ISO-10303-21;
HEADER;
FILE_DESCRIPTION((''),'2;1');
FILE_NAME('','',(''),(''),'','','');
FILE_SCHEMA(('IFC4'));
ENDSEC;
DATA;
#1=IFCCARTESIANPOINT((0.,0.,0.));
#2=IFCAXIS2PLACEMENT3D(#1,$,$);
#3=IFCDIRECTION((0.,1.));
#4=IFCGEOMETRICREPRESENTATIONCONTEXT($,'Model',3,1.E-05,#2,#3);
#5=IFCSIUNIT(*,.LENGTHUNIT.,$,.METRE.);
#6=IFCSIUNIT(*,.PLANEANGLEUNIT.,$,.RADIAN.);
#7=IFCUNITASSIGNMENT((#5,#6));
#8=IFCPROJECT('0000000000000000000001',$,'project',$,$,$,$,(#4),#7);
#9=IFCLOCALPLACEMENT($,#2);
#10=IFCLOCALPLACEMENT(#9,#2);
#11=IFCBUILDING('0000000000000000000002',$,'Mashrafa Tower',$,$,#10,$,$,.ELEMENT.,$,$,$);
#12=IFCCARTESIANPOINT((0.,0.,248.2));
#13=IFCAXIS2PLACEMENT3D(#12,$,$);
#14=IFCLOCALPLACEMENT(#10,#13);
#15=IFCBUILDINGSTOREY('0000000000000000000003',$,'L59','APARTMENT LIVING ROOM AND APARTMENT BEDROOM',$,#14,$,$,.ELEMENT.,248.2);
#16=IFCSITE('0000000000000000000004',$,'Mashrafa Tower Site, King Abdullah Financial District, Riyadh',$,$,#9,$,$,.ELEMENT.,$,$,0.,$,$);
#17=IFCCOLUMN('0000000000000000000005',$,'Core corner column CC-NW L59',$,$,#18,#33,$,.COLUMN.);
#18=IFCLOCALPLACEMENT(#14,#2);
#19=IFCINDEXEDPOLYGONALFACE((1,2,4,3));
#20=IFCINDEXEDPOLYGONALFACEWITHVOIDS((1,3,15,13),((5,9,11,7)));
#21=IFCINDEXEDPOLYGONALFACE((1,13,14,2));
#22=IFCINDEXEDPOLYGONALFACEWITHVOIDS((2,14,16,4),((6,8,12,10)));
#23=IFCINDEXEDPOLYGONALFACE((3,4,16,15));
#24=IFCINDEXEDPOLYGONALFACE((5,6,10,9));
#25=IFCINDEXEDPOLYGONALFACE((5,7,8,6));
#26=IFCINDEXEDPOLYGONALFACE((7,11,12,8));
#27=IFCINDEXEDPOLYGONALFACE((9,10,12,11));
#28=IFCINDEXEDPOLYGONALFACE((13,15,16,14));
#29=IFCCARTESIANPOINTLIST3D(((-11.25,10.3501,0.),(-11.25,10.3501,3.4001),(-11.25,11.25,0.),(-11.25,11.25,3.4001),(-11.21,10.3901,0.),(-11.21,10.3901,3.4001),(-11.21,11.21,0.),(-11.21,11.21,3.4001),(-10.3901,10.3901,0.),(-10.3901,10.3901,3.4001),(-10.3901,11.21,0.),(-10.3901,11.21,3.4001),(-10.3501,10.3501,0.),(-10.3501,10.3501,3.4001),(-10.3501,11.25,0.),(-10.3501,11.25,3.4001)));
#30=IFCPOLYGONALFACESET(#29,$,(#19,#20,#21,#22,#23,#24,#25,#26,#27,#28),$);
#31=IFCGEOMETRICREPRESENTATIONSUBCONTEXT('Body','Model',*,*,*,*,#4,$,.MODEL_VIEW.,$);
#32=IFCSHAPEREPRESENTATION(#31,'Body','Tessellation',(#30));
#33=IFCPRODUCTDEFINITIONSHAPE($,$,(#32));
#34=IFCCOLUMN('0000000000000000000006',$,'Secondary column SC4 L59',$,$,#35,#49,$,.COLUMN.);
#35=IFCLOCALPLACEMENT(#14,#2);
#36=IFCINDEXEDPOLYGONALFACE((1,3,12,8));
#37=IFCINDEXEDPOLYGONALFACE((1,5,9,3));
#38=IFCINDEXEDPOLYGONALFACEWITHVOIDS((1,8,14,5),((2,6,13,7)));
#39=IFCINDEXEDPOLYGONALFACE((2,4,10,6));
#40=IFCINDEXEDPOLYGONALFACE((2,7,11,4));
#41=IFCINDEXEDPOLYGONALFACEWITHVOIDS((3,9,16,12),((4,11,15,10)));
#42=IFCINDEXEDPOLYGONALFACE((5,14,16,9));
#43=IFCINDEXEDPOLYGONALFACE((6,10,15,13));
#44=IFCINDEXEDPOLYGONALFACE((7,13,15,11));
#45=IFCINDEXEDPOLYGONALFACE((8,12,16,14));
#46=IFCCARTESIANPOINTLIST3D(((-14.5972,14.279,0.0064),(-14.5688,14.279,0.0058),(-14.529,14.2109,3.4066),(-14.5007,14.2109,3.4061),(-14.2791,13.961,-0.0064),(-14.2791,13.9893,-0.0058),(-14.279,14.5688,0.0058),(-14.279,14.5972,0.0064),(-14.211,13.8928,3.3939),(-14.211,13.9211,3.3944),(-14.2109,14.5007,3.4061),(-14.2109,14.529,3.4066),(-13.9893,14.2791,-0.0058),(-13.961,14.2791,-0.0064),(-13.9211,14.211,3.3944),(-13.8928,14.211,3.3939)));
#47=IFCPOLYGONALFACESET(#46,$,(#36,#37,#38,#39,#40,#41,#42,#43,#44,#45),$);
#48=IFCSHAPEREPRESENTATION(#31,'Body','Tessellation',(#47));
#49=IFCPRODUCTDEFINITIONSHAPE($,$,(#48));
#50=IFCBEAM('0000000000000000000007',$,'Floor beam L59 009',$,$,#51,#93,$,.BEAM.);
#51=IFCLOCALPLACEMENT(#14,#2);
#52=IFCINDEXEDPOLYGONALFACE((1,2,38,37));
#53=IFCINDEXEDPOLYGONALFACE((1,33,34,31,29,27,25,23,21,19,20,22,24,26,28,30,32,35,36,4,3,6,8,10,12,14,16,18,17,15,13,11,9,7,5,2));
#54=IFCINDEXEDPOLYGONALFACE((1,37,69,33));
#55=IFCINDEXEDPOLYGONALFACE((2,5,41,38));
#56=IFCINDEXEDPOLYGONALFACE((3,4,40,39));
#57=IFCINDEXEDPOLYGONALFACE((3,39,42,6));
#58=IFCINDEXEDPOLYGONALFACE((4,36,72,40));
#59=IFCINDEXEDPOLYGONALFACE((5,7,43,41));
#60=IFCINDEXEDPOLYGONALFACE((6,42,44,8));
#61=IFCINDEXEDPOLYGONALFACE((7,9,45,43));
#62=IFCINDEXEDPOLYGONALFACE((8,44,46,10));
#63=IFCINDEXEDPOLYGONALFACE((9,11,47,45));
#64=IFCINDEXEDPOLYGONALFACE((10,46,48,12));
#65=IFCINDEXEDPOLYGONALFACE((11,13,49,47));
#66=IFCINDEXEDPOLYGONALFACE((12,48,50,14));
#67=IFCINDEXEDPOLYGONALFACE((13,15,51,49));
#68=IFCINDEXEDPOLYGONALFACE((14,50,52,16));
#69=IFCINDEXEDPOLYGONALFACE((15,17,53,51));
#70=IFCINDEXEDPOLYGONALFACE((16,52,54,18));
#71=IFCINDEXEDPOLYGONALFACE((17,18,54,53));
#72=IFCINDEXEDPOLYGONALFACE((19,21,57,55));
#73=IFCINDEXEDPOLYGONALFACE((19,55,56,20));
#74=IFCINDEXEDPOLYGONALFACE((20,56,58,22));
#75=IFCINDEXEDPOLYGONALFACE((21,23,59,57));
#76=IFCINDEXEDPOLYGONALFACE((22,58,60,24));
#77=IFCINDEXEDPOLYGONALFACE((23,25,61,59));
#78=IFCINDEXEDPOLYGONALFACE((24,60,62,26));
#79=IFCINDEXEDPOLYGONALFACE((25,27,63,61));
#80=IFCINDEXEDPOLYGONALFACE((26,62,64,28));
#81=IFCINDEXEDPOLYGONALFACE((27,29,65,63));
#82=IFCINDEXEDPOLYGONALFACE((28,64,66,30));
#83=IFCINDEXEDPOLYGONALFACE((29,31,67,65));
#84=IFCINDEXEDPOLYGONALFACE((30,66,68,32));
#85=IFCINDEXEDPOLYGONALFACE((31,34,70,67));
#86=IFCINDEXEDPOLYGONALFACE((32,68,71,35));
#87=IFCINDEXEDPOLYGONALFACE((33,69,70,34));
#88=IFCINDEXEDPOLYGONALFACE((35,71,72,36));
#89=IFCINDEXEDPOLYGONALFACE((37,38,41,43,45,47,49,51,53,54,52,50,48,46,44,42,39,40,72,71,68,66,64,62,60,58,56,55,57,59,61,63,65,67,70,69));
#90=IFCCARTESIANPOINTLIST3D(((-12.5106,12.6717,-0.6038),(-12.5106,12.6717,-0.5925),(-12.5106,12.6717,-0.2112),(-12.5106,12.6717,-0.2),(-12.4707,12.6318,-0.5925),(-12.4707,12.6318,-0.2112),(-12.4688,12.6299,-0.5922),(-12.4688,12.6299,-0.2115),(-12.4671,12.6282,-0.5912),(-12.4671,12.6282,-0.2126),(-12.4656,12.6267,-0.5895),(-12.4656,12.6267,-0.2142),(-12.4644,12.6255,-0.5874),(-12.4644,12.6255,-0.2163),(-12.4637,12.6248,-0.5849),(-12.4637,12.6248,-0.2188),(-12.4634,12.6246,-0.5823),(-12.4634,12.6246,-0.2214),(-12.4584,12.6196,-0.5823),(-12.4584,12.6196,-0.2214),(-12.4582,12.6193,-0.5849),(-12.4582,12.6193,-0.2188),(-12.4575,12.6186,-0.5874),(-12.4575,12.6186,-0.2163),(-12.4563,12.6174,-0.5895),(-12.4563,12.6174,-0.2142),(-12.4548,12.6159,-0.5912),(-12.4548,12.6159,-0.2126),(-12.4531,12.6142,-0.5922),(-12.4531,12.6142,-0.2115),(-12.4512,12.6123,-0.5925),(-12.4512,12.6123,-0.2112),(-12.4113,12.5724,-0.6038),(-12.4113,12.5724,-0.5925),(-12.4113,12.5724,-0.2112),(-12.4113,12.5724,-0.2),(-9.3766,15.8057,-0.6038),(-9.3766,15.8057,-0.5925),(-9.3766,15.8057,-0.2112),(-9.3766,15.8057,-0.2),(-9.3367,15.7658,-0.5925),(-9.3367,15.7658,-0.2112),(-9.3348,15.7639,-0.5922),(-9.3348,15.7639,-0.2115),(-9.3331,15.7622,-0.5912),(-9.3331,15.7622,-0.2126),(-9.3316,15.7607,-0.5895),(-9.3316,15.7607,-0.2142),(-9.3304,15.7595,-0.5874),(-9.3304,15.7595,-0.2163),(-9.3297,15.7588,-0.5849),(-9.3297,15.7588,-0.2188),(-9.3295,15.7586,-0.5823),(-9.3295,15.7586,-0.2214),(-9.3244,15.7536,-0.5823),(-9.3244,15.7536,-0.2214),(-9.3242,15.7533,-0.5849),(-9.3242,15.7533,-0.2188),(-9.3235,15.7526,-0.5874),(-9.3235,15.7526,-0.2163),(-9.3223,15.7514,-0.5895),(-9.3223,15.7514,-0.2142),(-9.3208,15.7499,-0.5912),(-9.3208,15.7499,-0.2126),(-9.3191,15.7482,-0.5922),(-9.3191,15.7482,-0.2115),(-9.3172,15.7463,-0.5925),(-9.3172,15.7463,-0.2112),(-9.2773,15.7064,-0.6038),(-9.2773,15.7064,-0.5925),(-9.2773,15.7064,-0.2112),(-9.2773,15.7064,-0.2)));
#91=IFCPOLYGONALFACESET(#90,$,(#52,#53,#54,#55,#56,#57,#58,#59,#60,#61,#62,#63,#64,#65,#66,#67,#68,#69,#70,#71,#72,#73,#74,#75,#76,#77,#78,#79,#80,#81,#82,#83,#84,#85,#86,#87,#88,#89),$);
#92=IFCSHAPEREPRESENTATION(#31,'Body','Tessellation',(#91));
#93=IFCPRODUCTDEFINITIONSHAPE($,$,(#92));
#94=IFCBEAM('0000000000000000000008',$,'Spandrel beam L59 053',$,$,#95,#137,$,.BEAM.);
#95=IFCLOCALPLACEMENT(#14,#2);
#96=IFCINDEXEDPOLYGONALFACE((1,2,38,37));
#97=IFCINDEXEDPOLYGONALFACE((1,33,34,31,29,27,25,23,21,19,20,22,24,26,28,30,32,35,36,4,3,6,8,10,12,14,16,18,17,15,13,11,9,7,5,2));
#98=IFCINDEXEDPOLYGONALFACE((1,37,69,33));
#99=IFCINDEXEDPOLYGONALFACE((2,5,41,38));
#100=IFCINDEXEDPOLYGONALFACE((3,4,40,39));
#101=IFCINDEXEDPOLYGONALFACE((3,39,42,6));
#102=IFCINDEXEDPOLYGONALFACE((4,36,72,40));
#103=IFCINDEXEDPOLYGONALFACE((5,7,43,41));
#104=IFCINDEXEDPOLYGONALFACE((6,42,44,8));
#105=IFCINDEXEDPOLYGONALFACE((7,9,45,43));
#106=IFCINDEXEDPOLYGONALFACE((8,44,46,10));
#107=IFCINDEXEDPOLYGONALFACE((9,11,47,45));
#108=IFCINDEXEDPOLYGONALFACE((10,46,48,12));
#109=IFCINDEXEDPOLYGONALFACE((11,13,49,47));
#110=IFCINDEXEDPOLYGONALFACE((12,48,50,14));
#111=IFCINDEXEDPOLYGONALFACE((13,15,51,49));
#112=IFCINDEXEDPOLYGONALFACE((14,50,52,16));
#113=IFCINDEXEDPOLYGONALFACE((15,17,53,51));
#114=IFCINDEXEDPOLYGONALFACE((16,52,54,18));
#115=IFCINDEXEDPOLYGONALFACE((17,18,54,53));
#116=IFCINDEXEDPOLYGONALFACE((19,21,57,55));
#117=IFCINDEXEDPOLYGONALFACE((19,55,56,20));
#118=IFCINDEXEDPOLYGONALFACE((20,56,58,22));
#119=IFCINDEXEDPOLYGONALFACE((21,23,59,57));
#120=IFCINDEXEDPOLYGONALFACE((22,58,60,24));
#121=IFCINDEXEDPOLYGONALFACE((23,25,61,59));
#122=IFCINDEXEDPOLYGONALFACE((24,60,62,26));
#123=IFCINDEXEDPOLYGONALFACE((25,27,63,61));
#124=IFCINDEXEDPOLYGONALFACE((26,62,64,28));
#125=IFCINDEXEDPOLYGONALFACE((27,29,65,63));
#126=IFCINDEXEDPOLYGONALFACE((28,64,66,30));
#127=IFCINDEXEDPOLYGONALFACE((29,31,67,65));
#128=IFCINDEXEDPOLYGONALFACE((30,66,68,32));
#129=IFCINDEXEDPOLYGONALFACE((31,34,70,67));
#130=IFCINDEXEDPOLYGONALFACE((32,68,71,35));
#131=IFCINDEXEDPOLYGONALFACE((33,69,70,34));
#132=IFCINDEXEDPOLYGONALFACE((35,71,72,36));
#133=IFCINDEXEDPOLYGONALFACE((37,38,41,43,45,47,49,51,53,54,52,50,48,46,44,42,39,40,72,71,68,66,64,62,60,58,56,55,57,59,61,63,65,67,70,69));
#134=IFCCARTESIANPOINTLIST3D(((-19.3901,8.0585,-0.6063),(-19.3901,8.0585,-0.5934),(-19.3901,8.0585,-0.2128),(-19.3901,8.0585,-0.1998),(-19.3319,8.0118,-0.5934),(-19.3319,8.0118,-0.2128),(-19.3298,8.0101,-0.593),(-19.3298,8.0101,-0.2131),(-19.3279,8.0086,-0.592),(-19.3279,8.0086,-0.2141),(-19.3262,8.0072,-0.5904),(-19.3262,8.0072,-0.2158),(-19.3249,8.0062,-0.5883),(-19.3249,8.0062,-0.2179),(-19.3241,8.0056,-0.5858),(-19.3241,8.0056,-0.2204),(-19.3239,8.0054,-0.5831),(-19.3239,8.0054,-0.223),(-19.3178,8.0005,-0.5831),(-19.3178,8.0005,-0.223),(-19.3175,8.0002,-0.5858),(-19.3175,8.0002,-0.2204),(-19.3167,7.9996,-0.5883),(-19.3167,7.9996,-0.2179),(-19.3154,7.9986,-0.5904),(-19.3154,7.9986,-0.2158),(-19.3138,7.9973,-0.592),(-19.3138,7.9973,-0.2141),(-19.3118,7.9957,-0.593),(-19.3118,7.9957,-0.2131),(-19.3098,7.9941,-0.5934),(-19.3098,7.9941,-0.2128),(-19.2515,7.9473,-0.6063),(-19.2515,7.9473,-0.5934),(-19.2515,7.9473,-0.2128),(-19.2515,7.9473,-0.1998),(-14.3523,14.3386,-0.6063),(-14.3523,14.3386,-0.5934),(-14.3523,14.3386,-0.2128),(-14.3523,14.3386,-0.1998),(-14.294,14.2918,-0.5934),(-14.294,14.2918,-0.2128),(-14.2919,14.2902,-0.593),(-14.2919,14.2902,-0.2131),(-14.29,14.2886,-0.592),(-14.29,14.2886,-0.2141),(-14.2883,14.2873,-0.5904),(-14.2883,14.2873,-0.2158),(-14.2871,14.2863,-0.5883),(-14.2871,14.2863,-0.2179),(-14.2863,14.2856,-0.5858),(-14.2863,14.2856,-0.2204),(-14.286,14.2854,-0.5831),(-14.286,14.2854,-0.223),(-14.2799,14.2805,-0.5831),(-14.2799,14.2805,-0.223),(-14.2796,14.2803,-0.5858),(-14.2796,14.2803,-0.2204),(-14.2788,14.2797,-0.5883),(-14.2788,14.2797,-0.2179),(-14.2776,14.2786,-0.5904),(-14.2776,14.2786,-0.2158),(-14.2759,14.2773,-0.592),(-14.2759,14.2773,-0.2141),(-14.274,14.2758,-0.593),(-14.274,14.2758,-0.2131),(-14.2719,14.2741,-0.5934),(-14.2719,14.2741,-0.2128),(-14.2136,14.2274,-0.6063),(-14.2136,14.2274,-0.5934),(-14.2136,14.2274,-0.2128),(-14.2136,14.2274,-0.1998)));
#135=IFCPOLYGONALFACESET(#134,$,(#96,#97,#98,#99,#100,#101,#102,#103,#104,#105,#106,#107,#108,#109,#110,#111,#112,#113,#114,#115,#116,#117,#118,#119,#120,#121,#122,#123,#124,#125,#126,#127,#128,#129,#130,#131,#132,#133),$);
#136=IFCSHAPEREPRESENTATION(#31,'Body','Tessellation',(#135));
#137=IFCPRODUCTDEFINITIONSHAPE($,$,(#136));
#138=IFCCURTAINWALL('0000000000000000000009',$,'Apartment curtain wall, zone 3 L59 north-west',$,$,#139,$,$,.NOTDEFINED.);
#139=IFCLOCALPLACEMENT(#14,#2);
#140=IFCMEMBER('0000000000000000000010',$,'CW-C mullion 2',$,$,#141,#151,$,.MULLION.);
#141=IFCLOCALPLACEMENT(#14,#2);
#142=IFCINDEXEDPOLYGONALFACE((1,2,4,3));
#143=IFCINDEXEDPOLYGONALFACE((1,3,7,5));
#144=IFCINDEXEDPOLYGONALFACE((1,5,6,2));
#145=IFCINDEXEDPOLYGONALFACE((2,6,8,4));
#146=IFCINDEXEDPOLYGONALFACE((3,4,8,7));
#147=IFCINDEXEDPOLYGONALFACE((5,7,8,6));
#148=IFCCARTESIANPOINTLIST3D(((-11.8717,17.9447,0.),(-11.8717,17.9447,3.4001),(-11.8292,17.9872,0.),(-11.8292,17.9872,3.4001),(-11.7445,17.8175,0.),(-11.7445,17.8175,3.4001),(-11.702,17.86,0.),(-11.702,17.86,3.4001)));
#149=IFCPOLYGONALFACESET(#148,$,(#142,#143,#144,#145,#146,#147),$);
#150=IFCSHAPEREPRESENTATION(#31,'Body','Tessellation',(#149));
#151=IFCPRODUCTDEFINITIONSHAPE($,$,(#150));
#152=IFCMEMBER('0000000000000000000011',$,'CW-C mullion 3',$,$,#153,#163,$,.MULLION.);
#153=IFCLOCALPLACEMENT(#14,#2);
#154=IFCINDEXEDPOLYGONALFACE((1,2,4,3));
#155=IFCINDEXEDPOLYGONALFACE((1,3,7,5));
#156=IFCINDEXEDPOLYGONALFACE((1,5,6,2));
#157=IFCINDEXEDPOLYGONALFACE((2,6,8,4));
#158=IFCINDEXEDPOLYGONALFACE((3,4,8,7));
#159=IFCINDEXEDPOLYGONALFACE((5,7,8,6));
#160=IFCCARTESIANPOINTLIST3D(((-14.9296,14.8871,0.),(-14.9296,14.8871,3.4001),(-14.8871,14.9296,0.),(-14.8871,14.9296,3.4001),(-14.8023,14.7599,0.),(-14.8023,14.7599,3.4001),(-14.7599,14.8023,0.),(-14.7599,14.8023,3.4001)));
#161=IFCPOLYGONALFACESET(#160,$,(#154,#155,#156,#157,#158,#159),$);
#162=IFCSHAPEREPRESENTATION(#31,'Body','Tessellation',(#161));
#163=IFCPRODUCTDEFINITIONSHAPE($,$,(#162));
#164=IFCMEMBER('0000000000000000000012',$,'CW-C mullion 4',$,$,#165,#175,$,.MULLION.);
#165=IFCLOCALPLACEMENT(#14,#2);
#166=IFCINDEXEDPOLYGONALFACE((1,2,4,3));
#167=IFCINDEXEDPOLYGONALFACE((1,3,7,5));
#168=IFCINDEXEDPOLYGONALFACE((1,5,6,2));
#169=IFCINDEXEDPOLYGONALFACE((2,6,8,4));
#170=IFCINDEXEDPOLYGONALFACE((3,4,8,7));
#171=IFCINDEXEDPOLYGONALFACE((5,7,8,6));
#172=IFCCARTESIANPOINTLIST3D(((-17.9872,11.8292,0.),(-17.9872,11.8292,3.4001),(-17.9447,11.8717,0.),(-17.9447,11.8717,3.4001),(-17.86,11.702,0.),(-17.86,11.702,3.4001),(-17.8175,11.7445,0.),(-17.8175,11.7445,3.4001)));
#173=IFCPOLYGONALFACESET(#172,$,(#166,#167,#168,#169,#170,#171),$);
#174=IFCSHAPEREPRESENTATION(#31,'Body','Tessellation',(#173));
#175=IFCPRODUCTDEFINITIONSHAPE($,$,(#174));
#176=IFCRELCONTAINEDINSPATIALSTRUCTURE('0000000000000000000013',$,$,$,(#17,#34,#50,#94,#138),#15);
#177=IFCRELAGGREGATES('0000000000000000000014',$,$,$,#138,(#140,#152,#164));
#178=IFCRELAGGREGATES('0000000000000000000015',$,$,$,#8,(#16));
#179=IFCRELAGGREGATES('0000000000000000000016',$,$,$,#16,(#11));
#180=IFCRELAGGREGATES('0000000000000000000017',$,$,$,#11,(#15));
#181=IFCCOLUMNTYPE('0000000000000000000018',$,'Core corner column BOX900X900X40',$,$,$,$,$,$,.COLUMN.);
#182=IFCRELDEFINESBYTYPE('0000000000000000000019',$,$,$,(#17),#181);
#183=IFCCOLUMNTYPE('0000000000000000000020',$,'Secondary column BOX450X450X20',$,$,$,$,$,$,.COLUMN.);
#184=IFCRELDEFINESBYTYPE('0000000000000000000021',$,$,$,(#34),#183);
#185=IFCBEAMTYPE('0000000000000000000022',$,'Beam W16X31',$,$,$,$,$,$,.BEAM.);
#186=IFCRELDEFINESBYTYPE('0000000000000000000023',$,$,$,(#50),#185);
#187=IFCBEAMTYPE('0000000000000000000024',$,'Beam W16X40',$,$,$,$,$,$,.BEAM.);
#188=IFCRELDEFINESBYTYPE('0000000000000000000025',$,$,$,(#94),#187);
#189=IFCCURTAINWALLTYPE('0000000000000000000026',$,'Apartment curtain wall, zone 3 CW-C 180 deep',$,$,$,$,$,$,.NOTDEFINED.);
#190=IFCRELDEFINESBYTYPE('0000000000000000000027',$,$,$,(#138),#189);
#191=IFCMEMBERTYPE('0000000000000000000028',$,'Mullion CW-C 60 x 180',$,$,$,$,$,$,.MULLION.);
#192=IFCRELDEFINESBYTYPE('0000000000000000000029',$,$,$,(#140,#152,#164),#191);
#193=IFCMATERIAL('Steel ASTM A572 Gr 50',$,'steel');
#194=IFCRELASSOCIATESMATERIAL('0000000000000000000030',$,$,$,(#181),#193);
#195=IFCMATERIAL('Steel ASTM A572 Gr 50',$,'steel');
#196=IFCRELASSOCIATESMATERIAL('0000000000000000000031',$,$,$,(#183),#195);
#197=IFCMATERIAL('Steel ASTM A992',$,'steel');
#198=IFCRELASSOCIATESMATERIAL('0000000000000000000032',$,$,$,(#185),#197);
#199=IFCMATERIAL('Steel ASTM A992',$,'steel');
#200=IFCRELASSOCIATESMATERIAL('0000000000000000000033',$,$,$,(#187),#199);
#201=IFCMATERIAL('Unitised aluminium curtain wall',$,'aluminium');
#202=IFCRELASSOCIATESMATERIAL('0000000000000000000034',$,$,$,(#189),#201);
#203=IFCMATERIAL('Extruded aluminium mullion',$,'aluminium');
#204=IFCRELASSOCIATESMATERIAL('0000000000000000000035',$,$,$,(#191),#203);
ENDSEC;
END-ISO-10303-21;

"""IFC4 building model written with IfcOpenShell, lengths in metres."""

from ifc_helpers import new_model, si_unit, direction, frame, origin, origin_2d, place, context, subcontext, project, spatial, rectangle, hollow_rectangle, i_section, extrude, source, transform, mapped, material, material_profile, profile_set, type_object, type_shapes, element, aggregate, save


model = new_model("IFC4")

# Units and contexts
model_context = context("Model", 3, precision=1e-05, world=origin(), true_north=direction((0.0, 1.0)))
body_context = subcontext(model_context, "Body", "Model", "MODEL_VIEW")
ifc_project = project(units=[si_unit("LENGTHUNIT", "METRE"), si_unit("PLANEANGLEUNIT", "RADIAN")], contexts=[model_context])

# Site, building, storey
site_placement = place(None, origin())
site = spatial("IfcSite", under=ifc_project, at=site_placement, Name="Mashrafa Tower Site, King Abdullah Financial District, Riyadh", CompositionType="ELEMENT", RefElevation=0.0)
building_placement = place(site_placement, origin())
building = spatial("IfcBuilding", under=site, at=building_placement, Name="Mashrafa Tower", CompositionType="ELEMENT")
storey_placement = place(building_placement, frame((0.0, 0.0, 248.2)))
storey = spatial("IfcBuildingStorey", under=building, at=storey_placement, Name="L59", Description="APARTMENT LIVING ROOM AND APARTMENT BEDROOM", CompositionType="ELEMENT", Elevation=248.2)

# Columns
ifc_material_1 = material(Name="Steel ASTM A572 Gr 50", Category="steel")
ifc_material_profile_1 = material_profile(ifc_material_1, hollow_rectangle(XDim=0.8999, YDim=0.8999, WallThickness=0.04, at=origin_2d()), Name="BOX900X900X40")
ifc_profile_set_1 = profile_set([ifc_material_profile_1], Name="Steel ASTM A572 Gr 50")
column_type_1 = type_object("IfcColumnType", Name="Core corner column BOX900X900X40", PredefinedType="COLUMN", material=ifc_profile_set_1)
column_1_placement = place(storey_placement, frame((-10.8, 10.8, 0.0), z_axis=(0.0, 0.0, 1.0), x_axis=(1.0, 0.0, 0.0)))
element("IfcColumn", 1, at=column_1_placement, inside=storey, type_object=column_type_1, Name="Core corner column CC-NW L59", PredefinedType="COLUMN", context=body_context, shape_type="SweptSolid", body=[
    extrude(hollow_rectangle(XDim=0.8999, YDim=0.8999, WallThickness=0.04, at=origin_2d()), origin(), (0.0, 0.0, 1.0), 3.4001),
])
ifc_material_2 = material(Name="Steel ASTM A572 Gr 50", Category="steel")
ifc_material_profile_2 = material_profile(ifc_material_2, hollow_rectangle(XDim=0.45, YDim=0.45, WallThickness=0.02, at=origin_2d()), Name="BOX450X450X20")
ifc_profile_set_2 = profile_set([ifc_material_profile_2], Name="Steel ASTM A572 Gr 50")
column_type_2 = type_object("IfcColumnType", Name="Secondary column BOX450X450X20", PredefinedType="COLUMN", material=ifc_profile_set_2)
column_2_placement = place(storey_placement, frame((-14.2791, 14.2791, 0.0), z_axis=(0.020025, -0.020025, 0.999599), x_axis=(0.707107, 0.707107, 0.0)))
element("IfcColumn", 2, at=column_2_placement, inside=storey, type_object=column_type_2, Name="Secondary column SC4 L59", PredefinedType="COLUMN", context=body_context, shape_type="SweptSolid", body=[
    extrude(hollow_rectangle(XDim=0.45, YDim=0.45, WallThickness=0.02, at=origin_2d()), origin(), (0.0, 0.0, 1.0), 3.4016),
])

# Beams
ifc_material_3 = material(Name="Steel ASTM A992", Category="steel")
ifc_material_profile_3 = material_profile(ifc_material_3, i_section(OverallWidth=0.1404, OverallDepth=0.4038, WebThickness=0.0071, FlangeThickness=0.0112, FilletRadius=0.0103, at=origin_2d()), Name="W16X31")
ifc_profile_set_3 = profile_set([ifc_material_profile_3], Name="Steel ASTM A992")
beam_type_1 = type_object("IfcBeamType", Name="Beam W16X31", PredefinedType="BEAM", material=ifc_profile_set_3)
beam_1_placement = place(storey_placement, frame((-12.4609, 12.6221, -0.4019), z_axis=(0.707107, 0.707107, 0.0), x_axis=(-0.707107, 0.707107, 0.0)))
element("IfcBeam", 3, at=beam_1_placement, inside=storey, type_object=beam_type_1, Name="Floor beam L59 009", PredefinedType="BEAM", context=body_context, shape_type="SweptSolid", body=[
    extrude(i_section(OverallWidth=0.1404, OverallDepth=0.4038, WebThickness=0.0071, FlangeThickness=0.0112, FilletRadius=0.0103, at=origin_2d()), origin(), (0.0, 0.0, 1.0), 4.4321),
])
ifc_material_4 = material(Name="Steel ASTM A992", Category="steel")
ifc_material_profile_4 = material_profile(ifc_material_4, i_section(OverallWidth=0.1777, OverallDepth=0.4065, WebThickness=0.0078, FlangeThickness=0.0129, FilletRadius=0.0103, at=origin_2d()), Name="W16X40")
ifc_profile_set_4 = profile_set([ifc_material_profile_4], Name="Steel ASTM A992")
beam_type_2 = type_object("IfcBeamType", Name="Beam W16X40", PredefinedType="BEAM", material=ifc_profile_set_4)
beam_2_placement = place(storey_placement, frame((-14.283, 14.283, -0.4031), z_axis=(-0.625741, -0.780031, 0.0), x_axis=(0.780031, -0.625741, 0.0)))
element("IfcBeam", 4, at=beam_2_placement, inside=storey, type_object=beam_type_2, Name="Spandrel beam L59 053", PredefinedType="BEAM", context=body_context, shape_type="SweptSolid", body=[
    extrude(i_section(OverallWidth=0.1777, OverallDepth=0.4065, WebThickness=0.0078, FlangeThickness=0.0129, FilletRadius=0.0103, at=origin_2d()), origin(), (0.0, 0.0, 1.0), 8.051),
])

# Curtain wall, members
ifc_material_5 = material(Name="Unitised aluminium curtain wall", Category="aluminium")
curtain_wall_type = type_object("IfcCurtainWallType", Name="Apartment curtain wall, zone 3 CW-C 180 deep", PredefinedType="NOTDEFINED", material=ifc_material_5)
curtain_wall_placement = place(storey_placement, origin())
curtain_wall = element("IfcCurtainWall", 5, at=curtain_wall_placement, inside=storey, type_object=curtain_wall_type, Name="Apartment curtain wall, zone 3 L59 north-west", PredefinedType="NOTDEFINED")
ifc_material_6 = material(Name="Extruded aluminium mullion", Category="aluminium")
ifc_material_profile_5 = material_profile(ifc_material_6, rectangle(XDim=0.1799, YDim=0.0601, at=origin_2d()), Name="Mullion 60x180")
ifc_profile_set_5 = profile_set([ifc_material_profile_5], Name="Extruded aluminium mullion")
member_type_1 = type_object("IfcMemberType", Name="Mullion CW-C 60 x 180", PredefinedType="MULLION", material=ifc_profile_set_5)
shared_shape_1 = source(origin(), body_context, "Body", "SweptSolid", [
    extrude(rectangle(XDim=0.1799, YDim=0.0601, at=origin_2d()), origin(), (0.0, 0.0, 1.0), 3.4001),
])
type_shapes(member_type_1, [shared_shape_1])
member_1_placement = place(storey_placement, frame((-11.7869, 17.9023, 0.0), z_axis=(0.0, 0.0, 1.0), x_axis=(0.707107, -0.707107, 0.0)))
member_1 = element("IfcMember", 6, at=member_1_placement, type_object=member_type_1, Name="CW-C mullion 2", PredefinedType="MULLION", context=body_context, shape_type="MappedRepresentation", body=[
    mapped(shared_shape_1, transform((0.0, 0.0, 0.0))),
])
member_2_placement = place(storey_placement, frame((-14.8447, 14.8447, 0.0), z_axis=(0.0, 0.0, 1.0), x_axis=(0.707107, -0.707107, 0.0)))
member_2 = element("IfcMember", 7, at=member_2_placement, type_object=member_type_1, Name="CW-C mullion 3", PredefinedType="MULLION", context=body_context, shape_type="MappedRepresentation", body=[
    mapped(shared_shape_1, transform((0.0, 0.0, 0.0))),
])
member_3_placement = place(storey_placement, frame((-17.9023, 11.7869, 0.0), z_axis=(0.0, 0.0, 1.0), x_axis=(0.707107, -0.707107, 0.0)))
member_3 = element("IfcMember", 8, at=member_3_placement, type_object=member_type_1, Name="CW-C mullion 4", PredefinedType="MULLION", context=body_context, shape_type="MappedRepresentation", body=[
    mapped(shared_shape_1, transform((0.0, 0.0, 0.0))),
])
aggregate(curtain_wall, [member_1, member_2, member_3])

save(model, "model.ifc")
